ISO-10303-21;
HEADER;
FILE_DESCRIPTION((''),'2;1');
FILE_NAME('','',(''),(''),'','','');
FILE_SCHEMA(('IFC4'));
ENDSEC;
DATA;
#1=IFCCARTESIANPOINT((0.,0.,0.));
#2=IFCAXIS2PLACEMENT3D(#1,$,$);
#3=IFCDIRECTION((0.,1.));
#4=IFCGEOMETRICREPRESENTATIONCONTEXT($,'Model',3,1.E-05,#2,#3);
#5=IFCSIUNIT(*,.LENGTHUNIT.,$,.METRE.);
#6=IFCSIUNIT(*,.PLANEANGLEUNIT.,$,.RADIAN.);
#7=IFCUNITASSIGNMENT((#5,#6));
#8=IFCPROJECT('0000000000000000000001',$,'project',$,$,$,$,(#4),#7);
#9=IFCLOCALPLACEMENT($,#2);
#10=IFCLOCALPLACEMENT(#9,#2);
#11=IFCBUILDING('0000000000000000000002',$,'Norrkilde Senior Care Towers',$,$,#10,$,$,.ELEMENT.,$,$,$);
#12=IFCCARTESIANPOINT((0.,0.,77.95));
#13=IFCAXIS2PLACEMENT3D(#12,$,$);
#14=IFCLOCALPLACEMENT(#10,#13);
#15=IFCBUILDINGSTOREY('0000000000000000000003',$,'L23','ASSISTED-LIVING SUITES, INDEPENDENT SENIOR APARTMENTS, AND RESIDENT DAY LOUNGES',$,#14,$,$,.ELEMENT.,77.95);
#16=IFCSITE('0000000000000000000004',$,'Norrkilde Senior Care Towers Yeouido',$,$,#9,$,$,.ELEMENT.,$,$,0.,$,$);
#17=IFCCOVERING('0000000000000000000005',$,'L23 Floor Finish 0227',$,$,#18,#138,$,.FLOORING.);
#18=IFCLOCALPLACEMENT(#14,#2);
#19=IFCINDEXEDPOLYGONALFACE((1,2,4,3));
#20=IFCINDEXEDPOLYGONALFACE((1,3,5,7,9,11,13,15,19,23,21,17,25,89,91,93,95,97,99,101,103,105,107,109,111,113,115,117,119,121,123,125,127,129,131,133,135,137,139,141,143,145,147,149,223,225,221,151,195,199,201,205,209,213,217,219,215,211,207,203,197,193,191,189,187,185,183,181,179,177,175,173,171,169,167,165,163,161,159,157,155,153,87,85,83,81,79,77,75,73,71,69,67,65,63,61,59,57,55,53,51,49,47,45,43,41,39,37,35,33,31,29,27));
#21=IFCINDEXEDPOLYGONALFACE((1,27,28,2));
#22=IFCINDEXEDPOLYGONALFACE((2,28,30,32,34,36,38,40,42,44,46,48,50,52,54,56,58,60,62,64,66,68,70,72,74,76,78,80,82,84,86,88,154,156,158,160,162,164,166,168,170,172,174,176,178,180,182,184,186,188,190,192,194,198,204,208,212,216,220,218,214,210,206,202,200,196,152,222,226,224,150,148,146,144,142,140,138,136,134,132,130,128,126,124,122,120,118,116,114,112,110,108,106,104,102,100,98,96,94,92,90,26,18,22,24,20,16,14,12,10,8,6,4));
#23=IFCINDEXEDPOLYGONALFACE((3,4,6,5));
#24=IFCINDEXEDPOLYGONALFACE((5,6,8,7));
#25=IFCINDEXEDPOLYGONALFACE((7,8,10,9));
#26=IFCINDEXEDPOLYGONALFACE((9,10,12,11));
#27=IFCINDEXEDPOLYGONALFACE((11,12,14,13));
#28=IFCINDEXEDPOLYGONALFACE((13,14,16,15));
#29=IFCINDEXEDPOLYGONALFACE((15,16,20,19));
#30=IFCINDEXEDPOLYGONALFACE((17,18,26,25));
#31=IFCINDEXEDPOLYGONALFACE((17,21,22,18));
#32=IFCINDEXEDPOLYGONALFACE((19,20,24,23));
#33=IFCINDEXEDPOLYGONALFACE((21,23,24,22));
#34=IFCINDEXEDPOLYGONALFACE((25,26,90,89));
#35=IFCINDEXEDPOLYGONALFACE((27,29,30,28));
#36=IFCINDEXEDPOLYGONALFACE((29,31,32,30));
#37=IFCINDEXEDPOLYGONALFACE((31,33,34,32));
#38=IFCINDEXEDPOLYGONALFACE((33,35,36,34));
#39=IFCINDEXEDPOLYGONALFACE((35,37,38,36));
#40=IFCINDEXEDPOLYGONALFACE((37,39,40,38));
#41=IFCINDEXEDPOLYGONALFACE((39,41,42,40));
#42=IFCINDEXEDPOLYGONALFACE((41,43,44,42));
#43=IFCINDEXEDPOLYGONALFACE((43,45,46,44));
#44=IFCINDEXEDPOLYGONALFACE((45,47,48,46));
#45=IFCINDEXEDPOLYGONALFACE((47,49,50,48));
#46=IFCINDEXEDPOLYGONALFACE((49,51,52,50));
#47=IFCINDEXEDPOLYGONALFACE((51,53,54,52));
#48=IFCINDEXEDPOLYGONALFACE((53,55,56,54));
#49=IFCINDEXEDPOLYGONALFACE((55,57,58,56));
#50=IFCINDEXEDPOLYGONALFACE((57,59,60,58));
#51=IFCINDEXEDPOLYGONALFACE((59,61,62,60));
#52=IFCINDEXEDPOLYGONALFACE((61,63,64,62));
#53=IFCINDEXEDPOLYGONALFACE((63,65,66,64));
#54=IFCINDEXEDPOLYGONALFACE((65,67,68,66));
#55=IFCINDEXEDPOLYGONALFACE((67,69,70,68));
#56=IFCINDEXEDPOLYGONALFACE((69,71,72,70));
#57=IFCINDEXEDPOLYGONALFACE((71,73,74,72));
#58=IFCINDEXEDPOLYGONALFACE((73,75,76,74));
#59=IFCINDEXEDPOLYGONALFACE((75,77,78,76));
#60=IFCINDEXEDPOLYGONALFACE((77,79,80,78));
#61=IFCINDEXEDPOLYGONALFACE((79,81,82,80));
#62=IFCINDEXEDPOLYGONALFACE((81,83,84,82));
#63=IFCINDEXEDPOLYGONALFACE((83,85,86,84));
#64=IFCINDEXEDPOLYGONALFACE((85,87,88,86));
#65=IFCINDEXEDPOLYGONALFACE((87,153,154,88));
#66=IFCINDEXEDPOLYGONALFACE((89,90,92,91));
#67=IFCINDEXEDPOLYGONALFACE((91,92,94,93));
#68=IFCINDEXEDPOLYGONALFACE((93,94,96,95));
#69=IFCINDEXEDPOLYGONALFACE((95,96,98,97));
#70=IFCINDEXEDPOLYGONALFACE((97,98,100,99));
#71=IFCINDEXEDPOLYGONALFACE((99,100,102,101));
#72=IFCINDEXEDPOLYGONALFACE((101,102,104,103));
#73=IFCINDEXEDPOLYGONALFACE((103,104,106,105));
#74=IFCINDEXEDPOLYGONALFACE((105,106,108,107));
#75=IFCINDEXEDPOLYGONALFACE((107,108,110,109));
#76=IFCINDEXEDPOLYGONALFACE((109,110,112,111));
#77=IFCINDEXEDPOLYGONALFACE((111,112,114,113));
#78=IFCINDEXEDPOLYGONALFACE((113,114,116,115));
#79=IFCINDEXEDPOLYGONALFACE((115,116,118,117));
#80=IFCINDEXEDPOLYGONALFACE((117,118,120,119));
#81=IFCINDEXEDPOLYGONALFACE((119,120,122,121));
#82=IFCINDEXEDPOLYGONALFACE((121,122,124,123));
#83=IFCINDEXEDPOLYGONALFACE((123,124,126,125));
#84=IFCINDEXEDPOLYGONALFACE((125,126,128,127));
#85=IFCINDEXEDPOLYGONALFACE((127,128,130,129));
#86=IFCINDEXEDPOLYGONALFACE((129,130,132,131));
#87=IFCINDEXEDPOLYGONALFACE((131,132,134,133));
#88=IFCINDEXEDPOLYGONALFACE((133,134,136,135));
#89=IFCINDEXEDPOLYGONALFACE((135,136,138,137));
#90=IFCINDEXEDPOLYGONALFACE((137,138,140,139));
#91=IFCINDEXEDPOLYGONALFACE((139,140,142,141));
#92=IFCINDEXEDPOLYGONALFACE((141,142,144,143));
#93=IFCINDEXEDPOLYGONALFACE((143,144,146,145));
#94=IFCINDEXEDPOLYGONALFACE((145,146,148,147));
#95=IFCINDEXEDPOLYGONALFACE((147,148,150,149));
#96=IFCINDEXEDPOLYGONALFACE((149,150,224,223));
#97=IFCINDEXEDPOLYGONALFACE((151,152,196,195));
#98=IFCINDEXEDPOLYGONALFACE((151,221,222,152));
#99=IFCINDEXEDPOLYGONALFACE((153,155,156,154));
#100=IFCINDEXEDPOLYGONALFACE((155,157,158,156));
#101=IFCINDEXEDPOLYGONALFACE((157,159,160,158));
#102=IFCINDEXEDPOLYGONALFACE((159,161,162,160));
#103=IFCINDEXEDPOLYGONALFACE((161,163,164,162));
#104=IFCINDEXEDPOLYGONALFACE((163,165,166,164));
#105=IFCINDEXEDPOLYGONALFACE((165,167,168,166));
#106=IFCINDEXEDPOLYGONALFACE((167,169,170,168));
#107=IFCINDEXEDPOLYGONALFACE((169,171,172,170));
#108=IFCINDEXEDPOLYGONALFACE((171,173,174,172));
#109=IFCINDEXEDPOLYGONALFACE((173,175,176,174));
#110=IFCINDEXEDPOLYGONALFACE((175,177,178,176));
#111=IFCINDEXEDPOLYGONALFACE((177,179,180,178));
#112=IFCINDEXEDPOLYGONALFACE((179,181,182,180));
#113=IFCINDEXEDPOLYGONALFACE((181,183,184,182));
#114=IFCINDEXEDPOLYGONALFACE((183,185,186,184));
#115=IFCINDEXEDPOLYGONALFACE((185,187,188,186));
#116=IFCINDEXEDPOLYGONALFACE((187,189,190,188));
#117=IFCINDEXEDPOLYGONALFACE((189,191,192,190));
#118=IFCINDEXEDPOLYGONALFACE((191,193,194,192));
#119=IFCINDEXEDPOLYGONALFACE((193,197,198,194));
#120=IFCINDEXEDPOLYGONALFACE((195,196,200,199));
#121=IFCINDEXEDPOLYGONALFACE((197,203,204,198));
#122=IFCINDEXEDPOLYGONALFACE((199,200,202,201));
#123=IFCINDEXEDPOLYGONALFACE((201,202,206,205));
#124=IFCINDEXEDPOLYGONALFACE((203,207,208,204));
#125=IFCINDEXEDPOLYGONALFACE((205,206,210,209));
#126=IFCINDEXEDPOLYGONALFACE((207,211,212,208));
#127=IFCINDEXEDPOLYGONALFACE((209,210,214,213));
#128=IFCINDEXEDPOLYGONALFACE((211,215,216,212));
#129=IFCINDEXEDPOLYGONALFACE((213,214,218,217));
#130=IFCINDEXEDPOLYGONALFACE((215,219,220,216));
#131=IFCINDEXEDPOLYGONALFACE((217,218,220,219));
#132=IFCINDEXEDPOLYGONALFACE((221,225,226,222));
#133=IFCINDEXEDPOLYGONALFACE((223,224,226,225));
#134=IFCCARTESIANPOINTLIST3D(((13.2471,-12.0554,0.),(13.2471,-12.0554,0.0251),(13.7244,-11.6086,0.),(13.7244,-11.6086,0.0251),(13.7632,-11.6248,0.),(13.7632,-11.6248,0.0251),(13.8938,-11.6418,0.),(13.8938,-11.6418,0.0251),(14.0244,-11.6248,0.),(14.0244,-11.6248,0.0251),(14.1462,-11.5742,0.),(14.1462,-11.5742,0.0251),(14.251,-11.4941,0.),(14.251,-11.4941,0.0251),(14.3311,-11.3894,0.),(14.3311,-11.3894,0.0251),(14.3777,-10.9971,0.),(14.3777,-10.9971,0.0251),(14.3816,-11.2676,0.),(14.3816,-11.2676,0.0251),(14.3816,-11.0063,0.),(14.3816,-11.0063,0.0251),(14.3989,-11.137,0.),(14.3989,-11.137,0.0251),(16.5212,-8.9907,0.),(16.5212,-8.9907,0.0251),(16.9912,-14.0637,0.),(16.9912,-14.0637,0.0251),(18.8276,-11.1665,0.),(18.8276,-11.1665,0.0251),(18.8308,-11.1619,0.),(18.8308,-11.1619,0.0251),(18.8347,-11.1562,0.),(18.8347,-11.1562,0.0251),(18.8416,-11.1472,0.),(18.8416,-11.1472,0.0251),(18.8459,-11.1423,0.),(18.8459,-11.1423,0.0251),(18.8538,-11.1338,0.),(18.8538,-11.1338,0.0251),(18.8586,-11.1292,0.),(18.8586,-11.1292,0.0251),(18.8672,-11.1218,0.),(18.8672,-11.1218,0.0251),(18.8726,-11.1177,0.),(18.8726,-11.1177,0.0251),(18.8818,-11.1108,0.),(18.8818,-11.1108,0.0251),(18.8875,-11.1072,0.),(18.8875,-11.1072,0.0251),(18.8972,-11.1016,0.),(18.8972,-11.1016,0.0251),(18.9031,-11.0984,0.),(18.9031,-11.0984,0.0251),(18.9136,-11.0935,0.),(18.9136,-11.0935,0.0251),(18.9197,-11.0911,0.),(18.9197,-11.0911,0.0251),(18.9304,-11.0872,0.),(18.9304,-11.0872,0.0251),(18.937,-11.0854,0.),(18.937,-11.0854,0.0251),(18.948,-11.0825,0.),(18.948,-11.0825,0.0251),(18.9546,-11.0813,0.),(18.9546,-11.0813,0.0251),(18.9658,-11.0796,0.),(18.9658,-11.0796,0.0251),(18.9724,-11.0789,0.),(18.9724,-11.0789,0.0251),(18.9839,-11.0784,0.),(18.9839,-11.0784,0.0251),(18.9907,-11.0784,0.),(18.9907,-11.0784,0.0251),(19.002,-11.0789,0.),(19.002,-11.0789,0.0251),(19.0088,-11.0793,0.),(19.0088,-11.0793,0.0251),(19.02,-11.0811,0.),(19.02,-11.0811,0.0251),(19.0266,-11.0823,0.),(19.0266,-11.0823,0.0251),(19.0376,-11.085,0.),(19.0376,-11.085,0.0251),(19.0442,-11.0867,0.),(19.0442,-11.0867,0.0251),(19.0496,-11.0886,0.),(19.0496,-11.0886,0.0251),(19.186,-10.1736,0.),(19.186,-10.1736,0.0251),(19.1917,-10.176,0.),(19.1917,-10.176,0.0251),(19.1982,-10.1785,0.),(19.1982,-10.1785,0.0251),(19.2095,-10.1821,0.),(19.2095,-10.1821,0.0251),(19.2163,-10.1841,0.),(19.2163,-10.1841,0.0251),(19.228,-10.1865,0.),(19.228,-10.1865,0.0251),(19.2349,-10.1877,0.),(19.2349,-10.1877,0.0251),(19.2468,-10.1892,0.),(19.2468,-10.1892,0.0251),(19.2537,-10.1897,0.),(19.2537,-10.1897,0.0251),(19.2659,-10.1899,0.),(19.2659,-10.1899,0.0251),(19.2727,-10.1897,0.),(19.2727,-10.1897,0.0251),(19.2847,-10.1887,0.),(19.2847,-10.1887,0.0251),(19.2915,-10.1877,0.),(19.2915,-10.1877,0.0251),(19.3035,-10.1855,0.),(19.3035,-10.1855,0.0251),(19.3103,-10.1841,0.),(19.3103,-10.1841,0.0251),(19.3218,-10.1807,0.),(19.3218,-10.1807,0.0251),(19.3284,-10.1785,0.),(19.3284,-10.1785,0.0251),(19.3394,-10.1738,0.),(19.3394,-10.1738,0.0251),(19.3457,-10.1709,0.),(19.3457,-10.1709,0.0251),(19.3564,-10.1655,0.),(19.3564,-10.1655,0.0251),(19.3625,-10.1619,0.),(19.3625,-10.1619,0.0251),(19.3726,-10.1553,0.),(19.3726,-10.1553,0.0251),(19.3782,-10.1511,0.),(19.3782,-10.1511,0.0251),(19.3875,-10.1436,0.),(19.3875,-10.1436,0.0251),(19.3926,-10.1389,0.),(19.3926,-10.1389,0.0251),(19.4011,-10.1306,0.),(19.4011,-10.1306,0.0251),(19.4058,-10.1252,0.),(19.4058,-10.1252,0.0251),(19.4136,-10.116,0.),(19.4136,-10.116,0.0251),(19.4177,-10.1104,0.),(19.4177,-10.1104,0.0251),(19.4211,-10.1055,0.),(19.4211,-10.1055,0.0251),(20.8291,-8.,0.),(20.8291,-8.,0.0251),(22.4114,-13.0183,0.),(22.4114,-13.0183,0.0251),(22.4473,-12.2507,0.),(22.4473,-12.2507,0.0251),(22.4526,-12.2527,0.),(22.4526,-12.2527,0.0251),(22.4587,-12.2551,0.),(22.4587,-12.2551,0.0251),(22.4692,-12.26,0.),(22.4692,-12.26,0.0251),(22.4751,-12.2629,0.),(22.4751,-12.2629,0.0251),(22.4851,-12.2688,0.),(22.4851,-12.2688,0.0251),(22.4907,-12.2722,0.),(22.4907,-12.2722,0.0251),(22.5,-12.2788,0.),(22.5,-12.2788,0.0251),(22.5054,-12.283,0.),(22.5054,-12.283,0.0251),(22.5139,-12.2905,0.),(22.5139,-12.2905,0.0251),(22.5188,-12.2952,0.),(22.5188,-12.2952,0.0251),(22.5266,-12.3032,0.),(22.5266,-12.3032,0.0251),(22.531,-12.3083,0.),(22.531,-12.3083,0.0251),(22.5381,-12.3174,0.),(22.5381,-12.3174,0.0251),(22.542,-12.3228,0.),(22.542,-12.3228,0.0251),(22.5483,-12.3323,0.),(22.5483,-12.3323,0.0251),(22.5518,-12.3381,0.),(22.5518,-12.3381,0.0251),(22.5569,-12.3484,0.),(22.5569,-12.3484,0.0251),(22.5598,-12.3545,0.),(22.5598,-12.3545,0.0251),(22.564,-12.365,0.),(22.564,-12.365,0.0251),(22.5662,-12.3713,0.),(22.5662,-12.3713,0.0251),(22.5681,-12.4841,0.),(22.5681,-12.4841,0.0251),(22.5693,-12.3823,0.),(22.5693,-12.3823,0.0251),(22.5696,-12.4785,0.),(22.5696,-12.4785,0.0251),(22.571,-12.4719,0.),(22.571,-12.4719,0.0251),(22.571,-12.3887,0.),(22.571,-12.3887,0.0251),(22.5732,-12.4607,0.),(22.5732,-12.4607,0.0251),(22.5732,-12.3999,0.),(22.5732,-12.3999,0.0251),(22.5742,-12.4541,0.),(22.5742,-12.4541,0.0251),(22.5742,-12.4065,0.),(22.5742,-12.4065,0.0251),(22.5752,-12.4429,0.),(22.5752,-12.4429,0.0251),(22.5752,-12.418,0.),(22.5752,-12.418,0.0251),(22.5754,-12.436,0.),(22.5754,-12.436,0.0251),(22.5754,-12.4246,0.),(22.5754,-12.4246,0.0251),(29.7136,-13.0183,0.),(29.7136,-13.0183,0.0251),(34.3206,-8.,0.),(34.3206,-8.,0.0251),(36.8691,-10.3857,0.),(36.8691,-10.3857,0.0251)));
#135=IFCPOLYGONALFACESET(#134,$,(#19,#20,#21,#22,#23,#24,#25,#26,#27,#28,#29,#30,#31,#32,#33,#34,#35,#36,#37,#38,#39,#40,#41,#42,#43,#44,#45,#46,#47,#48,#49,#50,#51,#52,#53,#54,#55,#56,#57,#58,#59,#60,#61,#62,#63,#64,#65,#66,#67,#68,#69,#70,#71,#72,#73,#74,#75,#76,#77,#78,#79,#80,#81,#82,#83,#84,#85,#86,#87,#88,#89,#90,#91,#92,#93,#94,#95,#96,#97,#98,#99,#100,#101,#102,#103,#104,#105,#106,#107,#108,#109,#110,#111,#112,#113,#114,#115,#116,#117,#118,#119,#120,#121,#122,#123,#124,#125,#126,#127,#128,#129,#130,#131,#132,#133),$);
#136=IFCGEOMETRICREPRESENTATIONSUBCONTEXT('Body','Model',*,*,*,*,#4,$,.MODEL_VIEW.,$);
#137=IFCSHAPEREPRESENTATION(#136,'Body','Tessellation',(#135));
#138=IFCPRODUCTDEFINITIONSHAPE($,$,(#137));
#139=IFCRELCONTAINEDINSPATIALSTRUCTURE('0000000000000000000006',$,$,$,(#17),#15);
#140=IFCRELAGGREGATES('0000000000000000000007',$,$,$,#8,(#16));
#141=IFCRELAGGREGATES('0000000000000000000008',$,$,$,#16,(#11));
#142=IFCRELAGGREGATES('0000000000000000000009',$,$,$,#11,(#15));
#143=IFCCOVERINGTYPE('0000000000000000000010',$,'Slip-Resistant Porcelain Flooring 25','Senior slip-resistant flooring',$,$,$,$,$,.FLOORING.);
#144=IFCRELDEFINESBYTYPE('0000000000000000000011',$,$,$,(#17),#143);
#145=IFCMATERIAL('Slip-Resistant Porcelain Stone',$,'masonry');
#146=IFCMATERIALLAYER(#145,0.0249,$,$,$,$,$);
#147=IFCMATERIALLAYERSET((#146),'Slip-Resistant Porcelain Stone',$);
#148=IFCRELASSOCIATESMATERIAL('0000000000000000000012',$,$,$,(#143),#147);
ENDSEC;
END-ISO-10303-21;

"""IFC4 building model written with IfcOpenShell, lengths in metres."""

from ifc_helpers import new_model, si_unit, direction, frame, origin, place, context, subcontext, project, spatial, polyline, outline, extrude, material, layer, layer_set, type_object, element, save


model = new_model("IFC4")

# Units and contexts
model_context = context("Model", 3, precision=1e-05, world=origin(), true_north=direction((0.0, 1.0)))
body_context = subcontext(model_context, "Body", "Model", "MODEL_VIEW")
ifc_project = project(units=[si_unit("LENGTHUNIT", "METRE"), si_unit("PLANEANGLEUNIT", "RADIAN")], contexts=[model_context])

# Site, building, storey
site_placement = place(None, origin())
site = spatial("IfcSite", under=ifc_project, at=site_placement, Name="Norrkilde Senior Care Towers Yeouido", CompositionType="ELEMENT", RefElevation=0.0)
building_placement = place(site_placement, origin())
building = spatial("IfcBuilding", under=site, at=building_placement, Name="Norrkilde Senior Care Towers", CompositionType="ELEMENT")
storey_placement = place(building_placement, frame((0.0, 0.0, 77.95)))
storey = spatial("IfcBuildingStorey", under=building, at=storey_placement, Name="L23", Description="ASSISTED-LIVING SUITES, INDEPENDENT SENIOR APARTMENTS, AND RESIDENT DAY LOUNGES", CompositionType="ELEMENT", Elevation=77.95)

# Covering
ifc_material_1 = material(Name="Slip-Resistant Porcelain Stone", Category="masonry")
ifc_layer_1 = layer(ifc_material_1, 0.0249)
ifc_layer_set_1 = layer_set([ifc_layer_1], Name="Slip-Resistant Porcelain Stone")
covering_type_1 = type_object("IfcCoveringType", Name="Slip-Resistant Porcelain Flooring 25", Description="Senior slip-resistant flooring", PredefinedType="FLOORING", material=ifc_layer_set_1)
covering_1_placement = place(storey_placement, origin())
element("IfcCovering", 1, at=covering_1_placement, inside=storey, type_object=covering_type_1, Name="L23 Floor Finish 0227", PredefinedType="FLOORING", context=body_context, shape_type="SweptSolid", body=[
    extrude(outline(polyline([(19.228, -10.1865), (19.2349, -10.1877), (19.2468, -10.1892), (19.2537, -10.1897), (19.2659, -10.1899), (19.2727, -10.1897), (19.2847, -10.1887), (19.2915, -10.1877), (19.3035, -10.1855), (19.3103, -10.1841), (19.3218, -10.1807), (19.3284, -10.1785), (19.3394, -10.1738), (19.3457, -10.1709), (19.3564, -10.1655), (19.3625, -10.1619), (19.3726, -10.1553), (19.3782, -10.1511), (19.3875, -10.1436), (19.3926, -10.1389), (19.4011, -10.1306), (19.4058, -10.1252), (19.4136, -10.116), (19.4177, -10.1104), (19.4211, -10.1055), (20.8291, -8.0), (34.3206, -8.0), (36.8691, -10.3857), (29.7136, -13.0183), (22.4114, -13.0183), (22.5681, -12.4841), (22.5696, -12.4785), (22.571, -12.4719), (22.5732, -12.4607), (22.5742, -12.4541), (22.5752, -12.4429), (22.5754, -12.436), (22.5754, -12.4246), (22.5752, -12.418), (22.5742, -12.4065), (22.5732, -12.3999), (22.571, -12.3887), (22.5693, -12.3823), (22.5662, -12.3713), (22.564, -12.365), (22.5598, -12.3545), (22.5569, -12.3484), (22.5518, -12.3381), (22.5483, -12.3323), (22.542, -12.3228), (22.5381, -12.3174), (22.531, -12.3083), (22.5266, -12.3032), (22.5188, -12.2952), (22.5139, -12.2905), (22.5054, -12.283), (22.5, -12.2788), (22.4907, -12.2722), (22.4851, -12.2688), (22.4751, -12.2629), (22.4692, -12.26), (22.4587, -12.2551), (22.4526, -12.2527), (22.4473, -12.2507), (19.0496, -11.0886), (19.0442, -11.0867), (19.0376, -11.085), (19.0266, -11.0823), (19.02, -11.0811), (19.0088, -11.0793), (19.002, -11.0789), (18.9907, -11.0784), (18.9839, -11.0784), (18.9724, -11.0789), (18.9658, -11.0796), (18.9546, -11.0813), (18.948, -11.0825), (18.937, -11.0854), (18.9304, -11.0872), (18.9197, -11.0911), (18.9136, -11.0935), (18.9031, -11.0984), (18.8972, -11.1016), (18.8875, -11.1072), (18.8818, -11.1108), (18.8726, -11.1177), (18.8672, -11.1218), (18.8586, -11.1292), (18.8538, -11.1338), (18.8459, -11.1423), (18.8416, -11.1472), (18.8347, -11.1562), (18.8308, -11.1619), (18.8276, -11.1665), (16.9912, -14.0637), (13.2471, -12.0554), (13.7244, -11.6086), (13.7632, -11.6248), (13.8938, -11.6418), (14.0244, -11.6248), (14.1462, -11.5742), (14.251, -11.4941), (14.3311, -11.3894), (14.3816, -11.2676), (14.3989, -11.137), (14.3816, -11.0063), (14.3777, -10.9971), (16.5212, -8.9907), (19.186, -10.1736), (19.1917, -10.176), (19.1982, -10.1785), (19.2095, -10.1821), (19.2163, -10.1841), (19.228, -10.1865)])), origin(), (0.0, 0.0, 1.0), 0.0251),
])

save(model, "model.ifc")
